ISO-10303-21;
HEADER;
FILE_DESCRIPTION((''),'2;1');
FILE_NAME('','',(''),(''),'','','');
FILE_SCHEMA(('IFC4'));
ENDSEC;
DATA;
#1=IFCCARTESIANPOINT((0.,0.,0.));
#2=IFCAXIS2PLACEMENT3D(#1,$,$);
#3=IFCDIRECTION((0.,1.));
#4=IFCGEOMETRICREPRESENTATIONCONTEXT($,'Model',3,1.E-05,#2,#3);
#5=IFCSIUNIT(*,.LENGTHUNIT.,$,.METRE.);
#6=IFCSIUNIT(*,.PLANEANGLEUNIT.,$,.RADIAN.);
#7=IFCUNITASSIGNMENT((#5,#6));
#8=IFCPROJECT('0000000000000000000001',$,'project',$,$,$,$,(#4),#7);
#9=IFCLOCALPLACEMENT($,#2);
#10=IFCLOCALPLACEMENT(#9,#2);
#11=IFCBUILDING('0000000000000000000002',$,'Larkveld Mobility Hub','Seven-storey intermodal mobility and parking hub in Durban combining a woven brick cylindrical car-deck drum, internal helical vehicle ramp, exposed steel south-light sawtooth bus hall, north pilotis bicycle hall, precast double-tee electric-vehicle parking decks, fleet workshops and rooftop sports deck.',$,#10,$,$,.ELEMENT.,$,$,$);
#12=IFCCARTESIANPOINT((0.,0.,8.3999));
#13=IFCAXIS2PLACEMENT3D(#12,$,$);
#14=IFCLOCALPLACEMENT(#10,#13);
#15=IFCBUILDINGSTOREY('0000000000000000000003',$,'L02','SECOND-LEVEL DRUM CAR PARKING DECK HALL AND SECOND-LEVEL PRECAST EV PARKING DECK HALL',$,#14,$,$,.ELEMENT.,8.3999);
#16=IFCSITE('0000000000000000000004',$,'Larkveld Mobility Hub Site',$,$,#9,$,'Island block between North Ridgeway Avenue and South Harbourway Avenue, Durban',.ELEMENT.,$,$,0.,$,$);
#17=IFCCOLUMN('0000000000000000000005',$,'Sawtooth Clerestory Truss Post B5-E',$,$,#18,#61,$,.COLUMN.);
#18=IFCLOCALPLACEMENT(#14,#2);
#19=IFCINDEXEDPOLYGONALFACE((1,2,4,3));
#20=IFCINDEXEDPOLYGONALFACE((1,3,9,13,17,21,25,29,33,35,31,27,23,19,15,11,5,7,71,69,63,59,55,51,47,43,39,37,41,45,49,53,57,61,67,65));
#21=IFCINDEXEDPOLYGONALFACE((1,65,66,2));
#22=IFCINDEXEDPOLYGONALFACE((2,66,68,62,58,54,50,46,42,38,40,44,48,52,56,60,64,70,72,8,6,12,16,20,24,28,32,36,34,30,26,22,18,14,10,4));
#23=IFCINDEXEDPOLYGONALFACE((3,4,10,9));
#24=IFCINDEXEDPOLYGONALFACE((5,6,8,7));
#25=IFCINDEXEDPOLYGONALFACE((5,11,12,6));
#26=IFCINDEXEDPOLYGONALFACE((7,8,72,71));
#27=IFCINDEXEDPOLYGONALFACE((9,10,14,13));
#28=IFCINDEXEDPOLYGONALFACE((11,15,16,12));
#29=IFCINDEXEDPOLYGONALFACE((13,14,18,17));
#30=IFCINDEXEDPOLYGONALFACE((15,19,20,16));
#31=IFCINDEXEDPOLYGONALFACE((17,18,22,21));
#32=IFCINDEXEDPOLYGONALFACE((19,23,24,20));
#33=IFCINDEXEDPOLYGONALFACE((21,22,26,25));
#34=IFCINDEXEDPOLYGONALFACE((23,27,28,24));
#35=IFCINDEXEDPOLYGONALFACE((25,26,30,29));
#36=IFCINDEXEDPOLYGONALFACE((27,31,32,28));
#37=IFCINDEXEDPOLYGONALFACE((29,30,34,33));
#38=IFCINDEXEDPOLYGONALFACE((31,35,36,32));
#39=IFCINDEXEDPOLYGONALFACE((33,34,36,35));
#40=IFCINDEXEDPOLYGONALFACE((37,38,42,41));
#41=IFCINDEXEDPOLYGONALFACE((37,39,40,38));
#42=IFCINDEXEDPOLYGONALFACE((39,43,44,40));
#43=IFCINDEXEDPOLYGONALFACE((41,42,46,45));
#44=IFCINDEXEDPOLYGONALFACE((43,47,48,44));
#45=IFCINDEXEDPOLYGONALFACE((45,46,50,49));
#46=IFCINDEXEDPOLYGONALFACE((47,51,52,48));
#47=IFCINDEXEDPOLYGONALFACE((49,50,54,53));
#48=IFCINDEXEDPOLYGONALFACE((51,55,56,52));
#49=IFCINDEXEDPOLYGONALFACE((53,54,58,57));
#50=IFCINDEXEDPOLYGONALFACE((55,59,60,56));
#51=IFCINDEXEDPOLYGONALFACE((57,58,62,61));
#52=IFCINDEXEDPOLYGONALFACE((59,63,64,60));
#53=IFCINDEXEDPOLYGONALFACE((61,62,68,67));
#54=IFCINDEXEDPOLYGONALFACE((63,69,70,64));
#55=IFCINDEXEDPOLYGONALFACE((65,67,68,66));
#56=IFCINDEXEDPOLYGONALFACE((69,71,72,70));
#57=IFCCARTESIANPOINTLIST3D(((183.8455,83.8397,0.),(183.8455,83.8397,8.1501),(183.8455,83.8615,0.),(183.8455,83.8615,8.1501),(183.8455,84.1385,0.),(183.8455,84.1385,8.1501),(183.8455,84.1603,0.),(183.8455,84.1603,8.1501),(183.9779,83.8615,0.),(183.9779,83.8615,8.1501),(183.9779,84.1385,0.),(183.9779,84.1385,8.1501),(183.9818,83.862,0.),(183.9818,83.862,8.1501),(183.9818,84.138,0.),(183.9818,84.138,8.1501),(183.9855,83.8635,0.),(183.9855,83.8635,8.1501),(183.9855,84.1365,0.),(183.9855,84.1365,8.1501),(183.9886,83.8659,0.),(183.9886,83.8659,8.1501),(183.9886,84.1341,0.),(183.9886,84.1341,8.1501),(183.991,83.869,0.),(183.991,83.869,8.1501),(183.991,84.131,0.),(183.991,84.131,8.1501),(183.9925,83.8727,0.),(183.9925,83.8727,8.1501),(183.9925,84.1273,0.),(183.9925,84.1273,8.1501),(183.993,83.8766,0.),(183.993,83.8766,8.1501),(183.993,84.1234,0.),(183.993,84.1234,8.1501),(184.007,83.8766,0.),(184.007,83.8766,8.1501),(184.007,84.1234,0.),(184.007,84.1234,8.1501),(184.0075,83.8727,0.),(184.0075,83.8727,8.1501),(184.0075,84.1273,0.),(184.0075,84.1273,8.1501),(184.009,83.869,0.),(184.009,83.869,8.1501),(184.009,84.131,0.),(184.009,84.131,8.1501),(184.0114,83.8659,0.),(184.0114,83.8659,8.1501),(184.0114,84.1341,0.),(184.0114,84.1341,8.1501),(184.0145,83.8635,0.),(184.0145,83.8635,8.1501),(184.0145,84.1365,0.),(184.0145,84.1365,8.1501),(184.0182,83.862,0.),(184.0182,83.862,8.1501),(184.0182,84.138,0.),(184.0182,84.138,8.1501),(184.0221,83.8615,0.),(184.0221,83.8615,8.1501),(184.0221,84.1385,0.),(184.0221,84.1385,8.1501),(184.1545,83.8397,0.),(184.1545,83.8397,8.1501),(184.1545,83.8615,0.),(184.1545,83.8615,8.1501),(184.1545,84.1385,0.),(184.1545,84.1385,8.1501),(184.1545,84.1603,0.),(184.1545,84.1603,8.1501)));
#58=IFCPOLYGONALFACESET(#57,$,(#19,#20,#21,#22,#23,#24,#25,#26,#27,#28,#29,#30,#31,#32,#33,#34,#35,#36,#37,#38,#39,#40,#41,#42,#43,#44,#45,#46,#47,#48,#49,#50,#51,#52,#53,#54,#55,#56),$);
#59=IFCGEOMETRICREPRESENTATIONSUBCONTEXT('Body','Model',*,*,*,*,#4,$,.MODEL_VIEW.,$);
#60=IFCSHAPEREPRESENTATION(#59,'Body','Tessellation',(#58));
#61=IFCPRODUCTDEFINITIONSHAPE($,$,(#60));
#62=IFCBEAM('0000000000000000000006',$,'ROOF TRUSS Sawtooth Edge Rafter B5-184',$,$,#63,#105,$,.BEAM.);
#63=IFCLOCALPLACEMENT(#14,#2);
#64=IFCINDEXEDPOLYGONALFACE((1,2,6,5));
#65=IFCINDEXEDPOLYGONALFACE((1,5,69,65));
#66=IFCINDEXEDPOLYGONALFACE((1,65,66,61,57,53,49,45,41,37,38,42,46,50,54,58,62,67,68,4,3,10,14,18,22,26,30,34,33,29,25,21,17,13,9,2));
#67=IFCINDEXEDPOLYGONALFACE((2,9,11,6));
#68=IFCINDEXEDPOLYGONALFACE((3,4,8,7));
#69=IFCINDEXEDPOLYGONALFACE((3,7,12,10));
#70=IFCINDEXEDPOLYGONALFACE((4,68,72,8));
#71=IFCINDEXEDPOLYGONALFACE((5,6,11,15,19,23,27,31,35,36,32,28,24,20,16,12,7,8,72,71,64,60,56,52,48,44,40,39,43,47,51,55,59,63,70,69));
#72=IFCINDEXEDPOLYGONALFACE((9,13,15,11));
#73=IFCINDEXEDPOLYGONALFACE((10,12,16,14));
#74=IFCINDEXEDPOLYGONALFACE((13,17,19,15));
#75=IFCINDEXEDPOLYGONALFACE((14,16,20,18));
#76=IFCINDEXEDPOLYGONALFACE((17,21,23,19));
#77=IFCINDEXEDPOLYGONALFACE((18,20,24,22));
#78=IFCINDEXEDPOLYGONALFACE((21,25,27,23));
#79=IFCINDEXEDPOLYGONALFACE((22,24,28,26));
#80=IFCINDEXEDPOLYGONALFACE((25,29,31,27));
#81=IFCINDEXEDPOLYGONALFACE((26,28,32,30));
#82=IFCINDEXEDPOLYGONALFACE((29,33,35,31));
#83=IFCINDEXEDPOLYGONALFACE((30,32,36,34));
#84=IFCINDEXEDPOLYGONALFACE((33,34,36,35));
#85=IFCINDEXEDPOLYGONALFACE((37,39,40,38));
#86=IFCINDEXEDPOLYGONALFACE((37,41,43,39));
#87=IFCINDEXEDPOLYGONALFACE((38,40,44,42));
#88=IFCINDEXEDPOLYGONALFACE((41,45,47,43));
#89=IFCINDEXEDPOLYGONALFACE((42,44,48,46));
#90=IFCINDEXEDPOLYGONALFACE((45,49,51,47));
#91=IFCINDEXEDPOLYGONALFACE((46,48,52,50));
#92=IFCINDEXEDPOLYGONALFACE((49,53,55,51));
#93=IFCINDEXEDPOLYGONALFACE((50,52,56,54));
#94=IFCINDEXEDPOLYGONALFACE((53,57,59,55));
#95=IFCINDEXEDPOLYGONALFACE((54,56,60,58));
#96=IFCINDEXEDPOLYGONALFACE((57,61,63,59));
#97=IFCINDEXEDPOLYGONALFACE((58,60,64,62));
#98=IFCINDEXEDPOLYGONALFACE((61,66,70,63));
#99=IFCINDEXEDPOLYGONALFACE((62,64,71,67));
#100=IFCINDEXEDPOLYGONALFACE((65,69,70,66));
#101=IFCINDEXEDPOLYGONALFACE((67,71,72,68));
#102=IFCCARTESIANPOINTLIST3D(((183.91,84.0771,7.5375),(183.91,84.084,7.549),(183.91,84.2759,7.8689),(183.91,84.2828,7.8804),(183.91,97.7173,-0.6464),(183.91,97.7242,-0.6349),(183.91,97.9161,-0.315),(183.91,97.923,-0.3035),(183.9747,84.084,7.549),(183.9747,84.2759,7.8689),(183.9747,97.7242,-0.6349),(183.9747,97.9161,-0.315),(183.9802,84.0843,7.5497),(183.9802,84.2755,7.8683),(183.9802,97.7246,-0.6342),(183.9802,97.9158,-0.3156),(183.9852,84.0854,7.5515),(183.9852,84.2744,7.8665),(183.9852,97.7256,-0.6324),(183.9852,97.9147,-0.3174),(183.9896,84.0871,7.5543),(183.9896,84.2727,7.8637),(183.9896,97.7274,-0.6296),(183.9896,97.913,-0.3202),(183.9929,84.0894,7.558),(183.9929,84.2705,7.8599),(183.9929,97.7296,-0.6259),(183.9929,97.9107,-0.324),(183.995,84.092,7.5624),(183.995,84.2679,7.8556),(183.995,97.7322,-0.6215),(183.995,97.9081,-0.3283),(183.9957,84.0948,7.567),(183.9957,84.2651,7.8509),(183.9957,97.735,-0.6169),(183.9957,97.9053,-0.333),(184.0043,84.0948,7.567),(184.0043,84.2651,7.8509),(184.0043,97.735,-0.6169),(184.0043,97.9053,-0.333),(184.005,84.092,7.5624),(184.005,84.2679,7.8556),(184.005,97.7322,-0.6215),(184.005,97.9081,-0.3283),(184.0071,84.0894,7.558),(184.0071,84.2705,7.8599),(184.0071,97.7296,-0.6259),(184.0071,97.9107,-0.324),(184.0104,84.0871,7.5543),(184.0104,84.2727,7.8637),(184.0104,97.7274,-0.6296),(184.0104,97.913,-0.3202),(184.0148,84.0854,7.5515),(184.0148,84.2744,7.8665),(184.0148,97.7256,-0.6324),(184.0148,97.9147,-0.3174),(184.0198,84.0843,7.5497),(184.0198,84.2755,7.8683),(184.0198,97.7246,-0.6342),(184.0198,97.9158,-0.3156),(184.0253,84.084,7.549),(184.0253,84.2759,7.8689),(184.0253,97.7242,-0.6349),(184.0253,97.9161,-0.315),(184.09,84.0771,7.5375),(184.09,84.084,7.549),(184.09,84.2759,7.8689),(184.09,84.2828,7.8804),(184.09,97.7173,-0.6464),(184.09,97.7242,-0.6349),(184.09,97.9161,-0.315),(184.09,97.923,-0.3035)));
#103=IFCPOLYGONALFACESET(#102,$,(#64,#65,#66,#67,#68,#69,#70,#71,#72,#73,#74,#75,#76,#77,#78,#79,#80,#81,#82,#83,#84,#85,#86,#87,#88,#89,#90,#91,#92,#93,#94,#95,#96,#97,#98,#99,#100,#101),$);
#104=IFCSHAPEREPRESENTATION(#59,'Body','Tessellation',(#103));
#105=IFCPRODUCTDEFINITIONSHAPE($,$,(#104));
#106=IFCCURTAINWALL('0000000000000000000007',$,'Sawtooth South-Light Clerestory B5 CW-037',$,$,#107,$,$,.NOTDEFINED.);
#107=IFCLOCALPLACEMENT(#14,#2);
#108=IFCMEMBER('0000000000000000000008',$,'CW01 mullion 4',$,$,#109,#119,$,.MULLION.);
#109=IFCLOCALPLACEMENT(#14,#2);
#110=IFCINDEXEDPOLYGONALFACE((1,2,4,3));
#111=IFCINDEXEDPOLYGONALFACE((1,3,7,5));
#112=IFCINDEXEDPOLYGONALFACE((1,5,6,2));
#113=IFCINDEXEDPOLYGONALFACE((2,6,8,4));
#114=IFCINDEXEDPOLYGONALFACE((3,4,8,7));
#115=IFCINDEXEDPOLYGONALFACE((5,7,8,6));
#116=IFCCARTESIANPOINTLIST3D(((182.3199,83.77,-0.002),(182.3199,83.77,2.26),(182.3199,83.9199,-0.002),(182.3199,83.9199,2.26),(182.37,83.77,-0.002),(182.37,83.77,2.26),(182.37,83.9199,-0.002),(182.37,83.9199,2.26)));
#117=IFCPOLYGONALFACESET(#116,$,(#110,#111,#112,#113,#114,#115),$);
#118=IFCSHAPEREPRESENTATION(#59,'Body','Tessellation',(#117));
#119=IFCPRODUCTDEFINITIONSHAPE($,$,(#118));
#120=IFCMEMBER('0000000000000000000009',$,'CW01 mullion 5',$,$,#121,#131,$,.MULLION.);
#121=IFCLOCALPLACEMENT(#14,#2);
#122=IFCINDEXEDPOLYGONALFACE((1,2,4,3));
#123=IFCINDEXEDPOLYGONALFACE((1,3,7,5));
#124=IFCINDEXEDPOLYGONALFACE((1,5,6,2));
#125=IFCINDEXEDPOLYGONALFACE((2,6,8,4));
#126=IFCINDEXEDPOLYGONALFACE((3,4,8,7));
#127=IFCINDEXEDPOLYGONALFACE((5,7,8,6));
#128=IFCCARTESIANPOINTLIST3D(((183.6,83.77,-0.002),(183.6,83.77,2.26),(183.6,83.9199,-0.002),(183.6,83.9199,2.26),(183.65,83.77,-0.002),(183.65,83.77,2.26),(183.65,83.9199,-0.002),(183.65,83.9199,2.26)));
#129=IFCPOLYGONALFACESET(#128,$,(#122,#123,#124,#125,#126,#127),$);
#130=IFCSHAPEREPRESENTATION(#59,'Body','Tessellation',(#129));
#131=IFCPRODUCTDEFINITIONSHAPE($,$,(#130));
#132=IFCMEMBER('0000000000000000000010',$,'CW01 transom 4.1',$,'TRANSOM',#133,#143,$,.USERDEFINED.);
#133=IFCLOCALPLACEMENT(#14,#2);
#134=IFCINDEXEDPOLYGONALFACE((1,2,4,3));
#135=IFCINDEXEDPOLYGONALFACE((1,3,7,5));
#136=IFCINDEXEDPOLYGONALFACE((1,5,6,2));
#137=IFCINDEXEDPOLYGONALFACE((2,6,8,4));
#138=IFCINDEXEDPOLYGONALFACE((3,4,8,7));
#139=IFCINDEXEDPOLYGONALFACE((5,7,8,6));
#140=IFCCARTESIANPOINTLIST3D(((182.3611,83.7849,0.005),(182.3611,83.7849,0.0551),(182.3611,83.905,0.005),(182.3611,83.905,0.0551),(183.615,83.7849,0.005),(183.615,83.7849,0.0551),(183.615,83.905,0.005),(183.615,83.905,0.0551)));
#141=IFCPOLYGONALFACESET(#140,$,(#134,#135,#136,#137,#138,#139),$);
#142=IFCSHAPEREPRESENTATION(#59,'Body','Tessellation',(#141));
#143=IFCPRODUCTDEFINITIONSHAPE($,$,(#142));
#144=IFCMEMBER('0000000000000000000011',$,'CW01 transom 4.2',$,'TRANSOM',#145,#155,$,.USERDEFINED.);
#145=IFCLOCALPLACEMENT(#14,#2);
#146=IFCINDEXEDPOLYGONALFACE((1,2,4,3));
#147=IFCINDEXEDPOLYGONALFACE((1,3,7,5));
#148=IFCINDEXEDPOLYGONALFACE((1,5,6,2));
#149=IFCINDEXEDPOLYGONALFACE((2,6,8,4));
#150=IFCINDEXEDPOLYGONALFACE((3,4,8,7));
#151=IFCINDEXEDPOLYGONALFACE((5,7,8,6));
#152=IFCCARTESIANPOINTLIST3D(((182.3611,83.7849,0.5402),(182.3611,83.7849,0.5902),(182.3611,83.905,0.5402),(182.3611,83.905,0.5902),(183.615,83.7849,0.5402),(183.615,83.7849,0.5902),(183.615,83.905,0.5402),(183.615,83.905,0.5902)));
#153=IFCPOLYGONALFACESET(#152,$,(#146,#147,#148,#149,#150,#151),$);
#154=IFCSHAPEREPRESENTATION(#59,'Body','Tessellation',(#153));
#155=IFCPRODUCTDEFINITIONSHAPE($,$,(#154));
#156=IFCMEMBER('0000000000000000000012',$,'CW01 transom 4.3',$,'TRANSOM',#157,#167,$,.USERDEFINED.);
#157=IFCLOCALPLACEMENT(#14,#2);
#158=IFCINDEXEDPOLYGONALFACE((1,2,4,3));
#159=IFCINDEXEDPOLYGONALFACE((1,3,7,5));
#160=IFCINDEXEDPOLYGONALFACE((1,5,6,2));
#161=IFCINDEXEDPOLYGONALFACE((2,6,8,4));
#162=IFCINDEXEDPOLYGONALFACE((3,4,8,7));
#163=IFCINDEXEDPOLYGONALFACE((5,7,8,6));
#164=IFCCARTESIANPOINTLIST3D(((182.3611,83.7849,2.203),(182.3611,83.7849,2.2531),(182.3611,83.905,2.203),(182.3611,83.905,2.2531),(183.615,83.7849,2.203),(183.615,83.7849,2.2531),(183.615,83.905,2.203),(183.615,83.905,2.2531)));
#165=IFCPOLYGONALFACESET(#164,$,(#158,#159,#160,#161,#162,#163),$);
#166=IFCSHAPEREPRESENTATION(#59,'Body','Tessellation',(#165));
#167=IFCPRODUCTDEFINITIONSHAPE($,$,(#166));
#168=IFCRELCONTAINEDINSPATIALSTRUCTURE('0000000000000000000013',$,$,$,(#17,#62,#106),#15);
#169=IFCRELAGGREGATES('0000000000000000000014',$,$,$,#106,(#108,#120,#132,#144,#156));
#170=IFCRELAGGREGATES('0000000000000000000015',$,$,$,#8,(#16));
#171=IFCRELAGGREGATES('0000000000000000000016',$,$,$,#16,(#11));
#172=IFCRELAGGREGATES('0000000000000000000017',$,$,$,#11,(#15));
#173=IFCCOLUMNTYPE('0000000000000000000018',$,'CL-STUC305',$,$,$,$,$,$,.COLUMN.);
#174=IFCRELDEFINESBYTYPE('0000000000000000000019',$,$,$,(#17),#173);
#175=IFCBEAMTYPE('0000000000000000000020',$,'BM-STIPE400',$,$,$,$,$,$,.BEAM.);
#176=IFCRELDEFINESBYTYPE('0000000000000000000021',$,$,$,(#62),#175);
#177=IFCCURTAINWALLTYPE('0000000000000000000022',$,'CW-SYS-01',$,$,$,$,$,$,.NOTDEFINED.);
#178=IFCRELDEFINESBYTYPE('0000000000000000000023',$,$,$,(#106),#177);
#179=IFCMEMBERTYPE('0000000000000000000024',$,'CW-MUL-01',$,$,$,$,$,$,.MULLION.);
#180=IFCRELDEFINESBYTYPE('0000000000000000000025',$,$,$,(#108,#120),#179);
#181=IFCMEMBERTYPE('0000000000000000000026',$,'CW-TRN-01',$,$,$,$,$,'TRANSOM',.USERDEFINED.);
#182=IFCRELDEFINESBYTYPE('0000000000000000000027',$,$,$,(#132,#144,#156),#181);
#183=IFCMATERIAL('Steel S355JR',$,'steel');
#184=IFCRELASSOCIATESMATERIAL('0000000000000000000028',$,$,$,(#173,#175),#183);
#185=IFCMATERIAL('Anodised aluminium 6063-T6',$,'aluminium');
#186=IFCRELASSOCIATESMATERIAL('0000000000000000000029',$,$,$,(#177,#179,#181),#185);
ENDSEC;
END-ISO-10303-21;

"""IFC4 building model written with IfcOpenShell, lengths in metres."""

from ifc_helpers import new_model, si_unit, direction, frame, origin, origin_2d, place, context, subcontext, project, spatial, rectangle, i_section, extrude, material, material_profile, profile_set, type_object, element, aggregate, save


model = new_model("IFC4")

# Units and contexts
model_context = context("Model", 3, precision=1e-05, world=origin(), true_north=direction((0.0, 1.0)))
body_context = subcontext(model_context, "Body", "Model", "MODEL_VIEW")
ifc_project = project(units=[si_unit("LENGTHUNIT", "METRE"), si_unit("PLANEANGLEUNIT", "RADIAN")], contexts=[model_context])

# Site, building, storey
site_placement = place(None, origin())
site = spatial("IfcSite", under=ifc_project, at=site_placement, Name="Larkveld Mobility Hub Site", LongName="Island block between North Ridgeway Avenue and South Harbourway Avenue, Durban", CompositionType="ELEMENT", RefElevation=0.0)
building_placement = place(site_placement, origin())
building = spatial("IfcBuilding", under=site, at=building_placement, Name="Larkveld Mobility Hub", Description="Seven-storey intermodal mobility and parking hub in Durban combining a woven brick cylindrical car-deck drum, internal helical vehicle ramp, exposed steel south-light sawtooth bus hall, north pilotis bicycle hall, precast double-tee electric-vehicle parking decks, fleet workshops and rooftop sports deck.", CompositionType="ELEMENT")
storey_placement = place(building_placement, frame((0.0, 0.0, 8.3999)))
storey = spatial("IfcBuildingStorey", under=building, at=storey_placement, Name="L02", Description="SECOND-LEVEL DRUM CAR PARKING DECK HALL AND SECOND-LEVEL PRECAST EV PARKING DECK HALL", CompositionType="ELEMENT", Elevation=8.3999)

# Column
ifc_material_1 = material(Name="Steel S355JR", Category="steel")
ifc_material_profile_1 = material_profile(ifc_material_1, i_section(OverallWidth=0.3091, OverallDepth=0.3206, WebThickness=0.0139, FlangeThickness=0.0217, FilletRadius=0.0151, at=origin_2d()), Name="UC 305x305x137")
ifc_profile_set_1 = profile_set([ifc_material_profile_1], Name="Steel S355JR")
column_type = type_object("IfcColumnType", Name="CL-STUC305", PredefinedType="COLUMN", material=ifc_profile_set_1)
column_placement = place(storey_placement, frame((184.0, 84.0, 0.0), z_axis=(0.0, 0.0, 1.0), x_axis=(1.0, 0.0, 0.0)))
element("IfcColumn", 1, at=column_placement, inside=storey, type_object=column_type, Name="Sawtooth Clerestory Truss Post B5-E", PredefinedType="COLUMN", context=body_context, shape_type="SweptSolid", body=[
    extrude(i_section(OverallWidth=0.3091, OverallDepth=0.3206, WebThickness=0.0139, FlangeThickness=0.0217, FilletRadius=0.0151, at=origin_2d()), origin(), (0.0, 0.0, 1.0), 8.1501),
])

# Beam
ifc_material_profile_2 = material_profile(ifc_material_1, i_section(OverallWidth=0.1799, OverallDepth=0.3999, WebThickness=0.0085, FlangeThickness=0.0134, FilletRadius=0.021, at=origin_2d()), Name="IPE 400")
ifc_profile_set_2 = profile_set([ifc_material_profile_2], Name="Steel S355JR")
beam_type = type_object("IfcBeamType", Name="BM-STIPE400", PredefinedType="BEAM", material=ifc_profile_set_2)
beam_placement = place(storey_placement, frame((184.0, 84.1799, 7.709), z_axis=(0.0, 0.8575, -0.514484), x_axis=(-1.0, 0.0, 0.0)))
element("IfcBeam", 2, at=beam_placement, inside=storey, type_object=beam_type, Name="ROOF TRUSS Sawtooth Edge Rafter B5-184", PredefinedType="BEAM", context=body_context, shape_type="SweptSolid", body=[
    extrude(i_section(OverallWidth=0.1799, OverallDepth=0.3999, WebThickness=0.0085, FlangeThickness=0.0134, FilletRadius=0.021, at=origin_2d()), origin(), (0.0, 0.0, 1.0), 15.907),
])

# Curtain wall, members
ifc_material_2 = material(Name="Anodised aluminium 6063-T6", Category="aluminium")
curtain_wall_type = type_object("IfcCurtainWallType", Name="CW-SYS-01", PredefinedType="NOTDEFINED", material=ifc_material_2)
curtain_wall_placement = place(storey_placement, origin())
curtain_wall = element("IfcCurtainWall", 3, at=curtain_wall_placement, inside=storey, type_object=curtain_wall_type, Name="Sawtooth South-Light Clerestory B5 CW-037", PredefinedType="NOTDEFINED")
ifc_material_profile_3 = material_profile(ifc_material_2, rectangle(XDim=0.05, YDim=0.1499, at=origin_2d()), Name="ALU MULL 50x150")
ifc_profile_set_3 = profile_set([ifc_material_profile_3], Name="Anodised aluminium 6063-T6")
member_type_1 = type_object("IfcMemberType", Name="CW-MUL-01", PredefinedType="MULLION", material=ifc_profile_set_3)
member_1_placement = place(storey_placement, frame((182.345, 83.845, -0.002), z_axis=(0.0, 0.0, 1.0), x_axis=(1.0, 0.0, 0.0)))
member_1 = element("IfcMember", 4, at=member_1_placement, type_object=member_type_1, Name="CW01 mullion 4", PredefinedType="MULLION", context=body_context, shape_type="SweptSolid", body=[
    extrude(rectangle(XDim=0.05, YDim=0.1499, at=origin_2d()), origin(), (0.0, 0.0, 1.0), 2.262),
])
member_2_placement = place(storey_placement, frame((183.625, 83.845, -0.002), z_axis=(0.0, 0.0, 1.0), x_axis=(1.0, 0.0, 0.0)))
member_2 = element("IfcMember", 5, at=member_2_placement, type_object=member_type_1, Name="CW01 mullion 5", PredefinedType="MULLION", context=body_context, shape_type="SweptSolid", body=[
    extrude(rectangle(XDim=0.05, YDim=0.1499, at=origin_2d()), origin(), (0.0, 0.0, 1.0), 2.262),
])
ifc_material_profile_4 = material_profile(ifc_material_2, rectangle(XDim=0.1201, YDim=0.05, at=origin_2d()), Name="ALU TRAN 50x120")
ifc_profile_set_4 = profile_set([ifc_material_profile_4], Name="Anodised aluminium 6063-T6")
member_type_2 = type_object("IfcMemberType", Name="CW-TRN-01", ElementType="TRANSOM", PredefinedType="USERDEFINED", material=ifc_profile_set_4)
member_3_placement = place(storey_placement, frame((182.3611, 83.845, 0.03), z_axis=(1.0, 0.0, 0.0), x_axis=(0.0, 1.0, 0.0)))
member_3 = element("IfcMember", 6, at=member_3_placement, type_object=member_type_2, Name="CW01 transom 4.1", ObjectType="TRANSOM", PredefinedType="USERDEFINED", context=body_context, shape_type="SweptSolid", body=[
    extrude(rectangle(XDim=0.1201, YDim=0.05, at=origin_2d()), origin(), (0.0, 0.0, 1.0), 1.2539),
])
member_4_placement = place(storey_placement, frame((182.3611, 83.845, 0.5652), z_axis=(1.0, 0.0, 0.0), x_axis=(0.0, 1.0, 0.0)))
member_4 = element("IfcMember", 7, at=member_4_placement, type_object=member_type_2, Name="CW01 transom 4.2", ObjectType="TRANSOM", PredefinedType="USERDEFINED", context=body_context, shape_type="SweptSolid", body=[
    extrude(rectangle(XDim=0.1201, YDim=0.05, at=origin_2d()), origin(), (0.0, 0.0, 1.0), 1.2539),
])
member_5_placement = place(storey_placement, frame((182.3611, 83.845, 2.228), z_axis=(1.0, 0.0, 0.0), x_axis=(0.0, 1.0, 0.0)))
member_5 = element("IfcMember", 8, at=member_5_placement, type_object=member_type_2, Name="CW01 transom 4.3", ObjectType="TRANSOM", PredefinedType="USERDEFINED", context=body_context, shape_type="SweptSolid", body=[
    extrude(rectangle(XDim=0.1201, YDim=0.05, at=origin_2d()), origin(), (0.0, 0.0, 1.0), 1.2539),
])

aggregate(curtain_wall, [member_1, member_2, member_3, member_4, member_5])

save(model, "model.ifc")
